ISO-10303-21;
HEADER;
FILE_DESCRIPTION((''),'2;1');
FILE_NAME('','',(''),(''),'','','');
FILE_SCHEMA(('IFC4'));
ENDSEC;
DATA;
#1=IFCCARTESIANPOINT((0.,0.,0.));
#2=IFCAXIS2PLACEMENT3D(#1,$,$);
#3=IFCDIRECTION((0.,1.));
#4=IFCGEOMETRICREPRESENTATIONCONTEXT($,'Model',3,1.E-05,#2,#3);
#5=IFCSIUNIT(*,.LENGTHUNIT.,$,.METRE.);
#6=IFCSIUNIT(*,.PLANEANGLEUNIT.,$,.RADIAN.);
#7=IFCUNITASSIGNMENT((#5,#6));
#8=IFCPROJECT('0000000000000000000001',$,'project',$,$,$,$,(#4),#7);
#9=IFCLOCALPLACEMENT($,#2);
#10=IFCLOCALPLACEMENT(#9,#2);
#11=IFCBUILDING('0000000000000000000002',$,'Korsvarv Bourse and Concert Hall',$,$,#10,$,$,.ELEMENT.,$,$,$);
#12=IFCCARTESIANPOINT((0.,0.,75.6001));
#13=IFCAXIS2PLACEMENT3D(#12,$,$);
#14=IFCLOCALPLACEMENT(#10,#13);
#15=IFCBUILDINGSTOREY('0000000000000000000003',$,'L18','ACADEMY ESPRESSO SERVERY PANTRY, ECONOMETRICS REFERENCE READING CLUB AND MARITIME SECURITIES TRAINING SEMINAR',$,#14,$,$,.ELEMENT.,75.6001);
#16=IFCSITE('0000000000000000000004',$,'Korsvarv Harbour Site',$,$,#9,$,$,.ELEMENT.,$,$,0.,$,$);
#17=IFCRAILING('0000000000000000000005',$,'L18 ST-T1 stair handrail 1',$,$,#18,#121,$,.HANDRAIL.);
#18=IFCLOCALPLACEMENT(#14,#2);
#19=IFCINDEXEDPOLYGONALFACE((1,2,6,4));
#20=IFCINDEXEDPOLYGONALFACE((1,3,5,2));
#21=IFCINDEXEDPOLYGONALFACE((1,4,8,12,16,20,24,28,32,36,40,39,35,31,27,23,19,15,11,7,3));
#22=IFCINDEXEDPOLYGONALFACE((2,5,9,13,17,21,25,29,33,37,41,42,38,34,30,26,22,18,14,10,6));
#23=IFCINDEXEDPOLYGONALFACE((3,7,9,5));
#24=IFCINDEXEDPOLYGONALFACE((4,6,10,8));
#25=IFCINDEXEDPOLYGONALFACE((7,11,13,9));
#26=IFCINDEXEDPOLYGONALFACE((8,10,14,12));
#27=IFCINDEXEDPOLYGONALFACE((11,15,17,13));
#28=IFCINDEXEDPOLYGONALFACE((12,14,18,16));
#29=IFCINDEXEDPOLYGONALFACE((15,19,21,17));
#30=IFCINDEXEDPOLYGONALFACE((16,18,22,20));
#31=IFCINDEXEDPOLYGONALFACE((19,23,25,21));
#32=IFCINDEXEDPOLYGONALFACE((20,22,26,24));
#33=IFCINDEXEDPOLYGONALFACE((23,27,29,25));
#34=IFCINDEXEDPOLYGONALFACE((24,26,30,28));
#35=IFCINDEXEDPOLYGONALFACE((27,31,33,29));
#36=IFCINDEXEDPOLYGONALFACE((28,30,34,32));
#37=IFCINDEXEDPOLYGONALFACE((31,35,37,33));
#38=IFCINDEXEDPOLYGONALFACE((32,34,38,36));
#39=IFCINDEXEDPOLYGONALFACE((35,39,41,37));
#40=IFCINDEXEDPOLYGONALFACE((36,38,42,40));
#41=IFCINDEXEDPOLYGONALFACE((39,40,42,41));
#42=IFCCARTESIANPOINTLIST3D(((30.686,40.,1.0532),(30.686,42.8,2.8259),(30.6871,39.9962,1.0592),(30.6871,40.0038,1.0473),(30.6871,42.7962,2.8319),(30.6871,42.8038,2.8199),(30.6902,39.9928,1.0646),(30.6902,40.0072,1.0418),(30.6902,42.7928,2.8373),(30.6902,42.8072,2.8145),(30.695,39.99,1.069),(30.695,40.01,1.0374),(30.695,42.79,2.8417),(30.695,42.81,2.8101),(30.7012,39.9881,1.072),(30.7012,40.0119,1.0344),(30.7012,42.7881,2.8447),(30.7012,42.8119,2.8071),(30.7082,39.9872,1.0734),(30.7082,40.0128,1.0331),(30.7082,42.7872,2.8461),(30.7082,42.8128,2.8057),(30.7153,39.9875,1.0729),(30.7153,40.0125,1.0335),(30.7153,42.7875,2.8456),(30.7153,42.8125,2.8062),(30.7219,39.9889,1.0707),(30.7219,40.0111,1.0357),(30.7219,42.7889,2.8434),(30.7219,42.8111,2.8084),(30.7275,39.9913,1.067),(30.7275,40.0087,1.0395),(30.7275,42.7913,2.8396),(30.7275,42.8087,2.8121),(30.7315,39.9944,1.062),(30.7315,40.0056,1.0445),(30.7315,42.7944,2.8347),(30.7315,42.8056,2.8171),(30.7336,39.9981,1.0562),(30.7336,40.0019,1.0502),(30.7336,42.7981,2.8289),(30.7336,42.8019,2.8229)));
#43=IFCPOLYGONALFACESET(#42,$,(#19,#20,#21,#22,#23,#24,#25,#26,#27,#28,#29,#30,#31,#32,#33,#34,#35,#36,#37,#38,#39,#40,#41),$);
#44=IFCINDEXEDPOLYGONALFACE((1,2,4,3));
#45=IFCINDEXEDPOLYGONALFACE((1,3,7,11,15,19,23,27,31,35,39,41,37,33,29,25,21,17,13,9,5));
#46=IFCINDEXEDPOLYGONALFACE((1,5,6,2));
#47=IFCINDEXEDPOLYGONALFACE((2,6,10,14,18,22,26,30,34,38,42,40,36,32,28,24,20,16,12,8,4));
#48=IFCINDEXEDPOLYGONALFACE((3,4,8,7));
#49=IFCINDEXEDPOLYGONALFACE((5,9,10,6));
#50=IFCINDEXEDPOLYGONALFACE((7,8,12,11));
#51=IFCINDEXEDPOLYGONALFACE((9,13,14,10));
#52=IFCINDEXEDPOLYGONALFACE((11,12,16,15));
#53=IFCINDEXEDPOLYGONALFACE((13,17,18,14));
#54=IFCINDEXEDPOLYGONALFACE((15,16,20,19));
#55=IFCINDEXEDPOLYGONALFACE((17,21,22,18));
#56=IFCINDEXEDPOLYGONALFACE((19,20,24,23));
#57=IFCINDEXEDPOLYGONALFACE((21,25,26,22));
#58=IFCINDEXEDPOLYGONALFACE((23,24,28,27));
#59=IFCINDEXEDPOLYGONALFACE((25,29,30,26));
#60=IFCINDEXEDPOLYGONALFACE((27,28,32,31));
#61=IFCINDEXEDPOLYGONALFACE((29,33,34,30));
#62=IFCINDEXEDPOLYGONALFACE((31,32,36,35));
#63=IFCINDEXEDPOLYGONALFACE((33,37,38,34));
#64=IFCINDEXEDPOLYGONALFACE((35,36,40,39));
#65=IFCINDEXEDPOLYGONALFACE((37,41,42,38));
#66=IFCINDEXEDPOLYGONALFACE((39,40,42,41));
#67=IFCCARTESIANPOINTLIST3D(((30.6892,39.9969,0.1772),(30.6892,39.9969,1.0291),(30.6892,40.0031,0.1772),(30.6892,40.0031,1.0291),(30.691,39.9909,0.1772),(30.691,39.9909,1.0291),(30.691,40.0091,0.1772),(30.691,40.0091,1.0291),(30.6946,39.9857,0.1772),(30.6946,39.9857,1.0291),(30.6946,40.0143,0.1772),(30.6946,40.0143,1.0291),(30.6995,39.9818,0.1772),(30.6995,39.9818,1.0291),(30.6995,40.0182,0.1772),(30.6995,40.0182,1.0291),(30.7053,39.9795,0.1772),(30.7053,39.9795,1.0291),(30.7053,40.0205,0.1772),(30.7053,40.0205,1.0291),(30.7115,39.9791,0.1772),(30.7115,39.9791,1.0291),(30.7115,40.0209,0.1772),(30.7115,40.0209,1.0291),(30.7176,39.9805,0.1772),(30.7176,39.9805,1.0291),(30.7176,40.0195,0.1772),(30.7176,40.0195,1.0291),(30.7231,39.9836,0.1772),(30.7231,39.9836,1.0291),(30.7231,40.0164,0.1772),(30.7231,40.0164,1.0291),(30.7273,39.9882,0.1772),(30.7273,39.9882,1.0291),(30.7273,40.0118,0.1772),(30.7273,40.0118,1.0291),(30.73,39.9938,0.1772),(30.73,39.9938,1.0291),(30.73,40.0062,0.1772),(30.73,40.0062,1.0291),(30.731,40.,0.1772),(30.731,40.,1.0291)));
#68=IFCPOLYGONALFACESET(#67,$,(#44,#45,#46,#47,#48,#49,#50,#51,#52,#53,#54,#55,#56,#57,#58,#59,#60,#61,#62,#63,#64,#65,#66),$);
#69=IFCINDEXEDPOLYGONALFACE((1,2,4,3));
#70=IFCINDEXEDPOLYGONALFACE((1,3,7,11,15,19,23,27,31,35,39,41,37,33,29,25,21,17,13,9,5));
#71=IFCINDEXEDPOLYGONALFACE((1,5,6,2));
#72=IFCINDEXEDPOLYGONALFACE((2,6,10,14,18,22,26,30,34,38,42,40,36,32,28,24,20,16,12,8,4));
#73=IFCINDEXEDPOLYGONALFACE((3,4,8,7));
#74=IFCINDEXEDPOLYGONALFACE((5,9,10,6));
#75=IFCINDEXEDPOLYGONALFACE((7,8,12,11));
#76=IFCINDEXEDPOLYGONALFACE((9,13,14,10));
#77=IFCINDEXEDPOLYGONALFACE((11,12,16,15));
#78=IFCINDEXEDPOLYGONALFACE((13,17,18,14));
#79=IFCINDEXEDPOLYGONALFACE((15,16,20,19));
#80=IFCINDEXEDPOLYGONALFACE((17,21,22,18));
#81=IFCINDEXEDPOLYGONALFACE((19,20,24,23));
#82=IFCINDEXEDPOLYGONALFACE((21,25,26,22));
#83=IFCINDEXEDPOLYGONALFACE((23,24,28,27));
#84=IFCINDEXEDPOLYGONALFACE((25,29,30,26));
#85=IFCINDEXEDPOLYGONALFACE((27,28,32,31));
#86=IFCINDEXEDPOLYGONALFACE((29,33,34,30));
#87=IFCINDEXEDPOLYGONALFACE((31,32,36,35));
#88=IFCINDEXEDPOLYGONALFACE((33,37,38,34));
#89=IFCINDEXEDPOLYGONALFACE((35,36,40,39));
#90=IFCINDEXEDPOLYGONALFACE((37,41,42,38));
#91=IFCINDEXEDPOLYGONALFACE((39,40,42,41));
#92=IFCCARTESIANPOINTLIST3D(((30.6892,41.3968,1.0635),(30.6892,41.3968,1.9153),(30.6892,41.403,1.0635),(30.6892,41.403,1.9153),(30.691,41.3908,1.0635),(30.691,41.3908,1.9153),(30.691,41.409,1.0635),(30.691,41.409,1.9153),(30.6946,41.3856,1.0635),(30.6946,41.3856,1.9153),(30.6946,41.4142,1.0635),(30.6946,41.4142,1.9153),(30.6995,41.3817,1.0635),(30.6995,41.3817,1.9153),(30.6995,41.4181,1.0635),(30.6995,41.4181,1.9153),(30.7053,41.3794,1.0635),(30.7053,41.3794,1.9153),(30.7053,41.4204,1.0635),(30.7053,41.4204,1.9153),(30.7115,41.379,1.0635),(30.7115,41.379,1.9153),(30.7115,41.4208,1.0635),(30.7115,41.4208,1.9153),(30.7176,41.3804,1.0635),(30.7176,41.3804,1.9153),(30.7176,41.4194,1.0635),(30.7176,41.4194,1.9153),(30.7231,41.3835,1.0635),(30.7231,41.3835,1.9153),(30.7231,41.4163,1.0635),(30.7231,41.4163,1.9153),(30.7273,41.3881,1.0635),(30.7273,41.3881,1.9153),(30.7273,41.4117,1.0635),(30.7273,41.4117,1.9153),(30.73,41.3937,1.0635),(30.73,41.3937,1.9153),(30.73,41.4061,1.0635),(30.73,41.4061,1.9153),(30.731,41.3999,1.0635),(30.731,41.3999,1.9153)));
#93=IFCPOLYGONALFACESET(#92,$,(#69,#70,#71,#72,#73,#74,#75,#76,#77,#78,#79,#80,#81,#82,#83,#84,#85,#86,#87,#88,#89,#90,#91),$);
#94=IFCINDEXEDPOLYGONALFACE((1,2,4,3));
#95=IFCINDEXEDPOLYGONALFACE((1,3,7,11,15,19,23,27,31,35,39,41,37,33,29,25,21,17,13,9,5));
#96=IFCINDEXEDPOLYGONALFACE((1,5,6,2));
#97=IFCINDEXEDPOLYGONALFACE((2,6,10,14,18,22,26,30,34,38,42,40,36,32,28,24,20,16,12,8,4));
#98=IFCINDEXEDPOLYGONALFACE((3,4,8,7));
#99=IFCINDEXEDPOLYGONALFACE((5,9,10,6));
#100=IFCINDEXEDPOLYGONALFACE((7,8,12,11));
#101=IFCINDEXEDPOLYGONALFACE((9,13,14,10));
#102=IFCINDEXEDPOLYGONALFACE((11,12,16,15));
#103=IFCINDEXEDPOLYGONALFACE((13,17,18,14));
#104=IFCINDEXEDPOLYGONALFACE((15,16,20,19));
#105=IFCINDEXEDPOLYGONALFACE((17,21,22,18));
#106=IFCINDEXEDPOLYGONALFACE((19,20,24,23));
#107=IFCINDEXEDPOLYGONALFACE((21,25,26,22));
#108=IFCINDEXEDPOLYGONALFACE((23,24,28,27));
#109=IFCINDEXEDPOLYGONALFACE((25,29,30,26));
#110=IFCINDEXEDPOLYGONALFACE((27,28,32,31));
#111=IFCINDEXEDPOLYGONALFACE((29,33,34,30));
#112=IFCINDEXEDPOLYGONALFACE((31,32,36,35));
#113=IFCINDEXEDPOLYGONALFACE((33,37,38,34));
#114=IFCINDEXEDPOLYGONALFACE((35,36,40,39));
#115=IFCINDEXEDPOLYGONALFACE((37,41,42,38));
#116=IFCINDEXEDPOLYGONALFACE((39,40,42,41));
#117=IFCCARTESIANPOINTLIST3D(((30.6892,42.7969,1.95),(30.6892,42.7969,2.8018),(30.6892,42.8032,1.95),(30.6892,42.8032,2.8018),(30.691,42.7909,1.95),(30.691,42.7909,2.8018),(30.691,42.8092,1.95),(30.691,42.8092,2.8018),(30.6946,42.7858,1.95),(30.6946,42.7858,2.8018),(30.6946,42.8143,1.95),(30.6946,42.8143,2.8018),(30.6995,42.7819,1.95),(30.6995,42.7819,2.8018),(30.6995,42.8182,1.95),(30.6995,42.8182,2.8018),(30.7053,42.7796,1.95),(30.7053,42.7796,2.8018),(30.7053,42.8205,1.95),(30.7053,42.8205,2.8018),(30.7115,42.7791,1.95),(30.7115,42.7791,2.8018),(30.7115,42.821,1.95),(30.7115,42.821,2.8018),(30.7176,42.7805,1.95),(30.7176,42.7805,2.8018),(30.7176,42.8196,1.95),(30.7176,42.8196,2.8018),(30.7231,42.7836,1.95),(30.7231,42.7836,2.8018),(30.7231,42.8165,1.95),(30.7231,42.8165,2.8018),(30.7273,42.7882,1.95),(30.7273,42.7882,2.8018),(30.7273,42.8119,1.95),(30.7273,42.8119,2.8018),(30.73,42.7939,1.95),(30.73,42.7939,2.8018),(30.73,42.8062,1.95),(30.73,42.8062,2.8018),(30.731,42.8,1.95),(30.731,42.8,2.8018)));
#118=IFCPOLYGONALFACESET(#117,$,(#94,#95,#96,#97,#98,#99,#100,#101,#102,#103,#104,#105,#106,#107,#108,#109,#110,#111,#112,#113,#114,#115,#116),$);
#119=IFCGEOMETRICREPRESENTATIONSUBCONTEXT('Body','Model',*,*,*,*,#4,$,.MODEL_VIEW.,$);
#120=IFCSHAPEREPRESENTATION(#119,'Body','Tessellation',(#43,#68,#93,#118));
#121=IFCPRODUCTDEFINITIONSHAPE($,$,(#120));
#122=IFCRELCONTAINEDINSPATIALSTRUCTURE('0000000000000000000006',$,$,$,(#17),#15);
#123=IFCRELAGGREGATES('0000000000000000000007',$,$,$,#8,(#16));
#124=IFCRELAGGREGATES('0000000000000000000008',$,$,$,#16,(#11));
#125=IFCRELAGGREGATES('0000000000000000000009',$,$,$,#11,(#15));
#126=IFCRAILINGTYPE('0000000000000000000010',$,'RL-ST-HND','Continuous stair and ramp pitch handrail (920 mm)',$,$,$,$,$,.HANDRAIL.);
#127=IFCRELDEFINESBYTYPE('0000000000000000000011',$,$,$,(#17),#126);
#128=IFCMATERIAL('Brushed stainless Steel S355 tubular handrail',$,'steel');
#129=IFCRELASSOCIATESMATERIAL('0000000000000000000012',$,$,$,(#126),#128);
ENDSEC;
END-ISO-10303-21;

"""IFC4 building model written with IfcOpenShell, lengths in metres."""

from ifc_helpers import new_model, si_unit, direction, frame, origin, origin_2d, place, context, subcontext, project, spatial, circle, extrude, material, type_object, element, save


model = new_model("IFC4")

# Units and contexts
model_context = context("Model", 3, precision=1e-05, world=origin(), true_north=direction((0.0, 1.0)))
body_context = subcontext(model_context, "Body", "Model", "MODEL_VIEW")
ifc_project = project(units=[si_unit("LENGTHUNIT", "METRE"), si_unit("PLANEANGLEUNIT", "RADIAN")], contexts=[model_context])

# Site, building, storey
site_placement = place(None, origin())
site = spatial("IfcSite", under=ifc_project, at=site_placement, Name="Korsvarv Harbour Site", CompositionType="ELEMENT", RefElevation=0.0)
building_placement = place(site_placement, origin())
building = spatial("IfcBuilding", under=site, at=building_placement, Name="Korsvarv Bourse and Concert Hall", CompositionType="ELEMENT")
storey_placement = place(building_placement, frame((0.0, 0.0, 75.6001)))
storey = spatial("IfcBuildingStorey", under=building, at=storey_placement, Name="L18", Description="ACADEMY ESPRESSO SERVERY PANTRY, ECONOMETRICS REFERENCE READING CLUB AND MARITIME SECURITIES TRAINING SEMINAR", CompositionType="ELEMENT", Elevation=75.6001)

# Railing
ifc_material_1 = material(Name="Brushed stainless Steel S355 tubular handrail", Category="steel")
railing_type = type_object("IfcRailingType", Name="RL-ST-HND", Description="Continuous stair and ramp pitch handrail (920 mm)", PredefinedType="HANDRAIL", material=ifc_material_1)
railing_placement = place(storey_placement, frame((30.71, 40.0, 0.1772)))
element("IfcRailing", 1, at=railing_placement, inside=storey, type_object=railing_type, Name="L18 ST-T1 stair handrail 1", PredefinedType="HANDRAIL", context=body_context, shape_type="SweptSolid", body=[
    extrude(circle(Radius=0.0239, at=origin_2d()), frame((0.0, 0.0, 0.876), z_axis=(0.0, 0.844909, 0.53491), x_axis=(-1.0, 0.0, 0.0)), (0.0, 0.0, 1.0), 3.314),
    extrude(circle(Radius=0.021, at=origin_2d()), origin(), (0.0, 0.0, 1.0), 0.8518),
    extrude(circle(Radius=0.021, at=origin_2d()), frame((0.0, 1.3999, 0.8862)), (0.0, 0.0, 1.0), 0.8518),
    extrude(circle(Radius=0.021, at=origin_2d()), frame((0.0, 2.8, 1.7727)), (0.0, 0.0, 1.0), 0.8518),
])

save(model, "model.ifc")
